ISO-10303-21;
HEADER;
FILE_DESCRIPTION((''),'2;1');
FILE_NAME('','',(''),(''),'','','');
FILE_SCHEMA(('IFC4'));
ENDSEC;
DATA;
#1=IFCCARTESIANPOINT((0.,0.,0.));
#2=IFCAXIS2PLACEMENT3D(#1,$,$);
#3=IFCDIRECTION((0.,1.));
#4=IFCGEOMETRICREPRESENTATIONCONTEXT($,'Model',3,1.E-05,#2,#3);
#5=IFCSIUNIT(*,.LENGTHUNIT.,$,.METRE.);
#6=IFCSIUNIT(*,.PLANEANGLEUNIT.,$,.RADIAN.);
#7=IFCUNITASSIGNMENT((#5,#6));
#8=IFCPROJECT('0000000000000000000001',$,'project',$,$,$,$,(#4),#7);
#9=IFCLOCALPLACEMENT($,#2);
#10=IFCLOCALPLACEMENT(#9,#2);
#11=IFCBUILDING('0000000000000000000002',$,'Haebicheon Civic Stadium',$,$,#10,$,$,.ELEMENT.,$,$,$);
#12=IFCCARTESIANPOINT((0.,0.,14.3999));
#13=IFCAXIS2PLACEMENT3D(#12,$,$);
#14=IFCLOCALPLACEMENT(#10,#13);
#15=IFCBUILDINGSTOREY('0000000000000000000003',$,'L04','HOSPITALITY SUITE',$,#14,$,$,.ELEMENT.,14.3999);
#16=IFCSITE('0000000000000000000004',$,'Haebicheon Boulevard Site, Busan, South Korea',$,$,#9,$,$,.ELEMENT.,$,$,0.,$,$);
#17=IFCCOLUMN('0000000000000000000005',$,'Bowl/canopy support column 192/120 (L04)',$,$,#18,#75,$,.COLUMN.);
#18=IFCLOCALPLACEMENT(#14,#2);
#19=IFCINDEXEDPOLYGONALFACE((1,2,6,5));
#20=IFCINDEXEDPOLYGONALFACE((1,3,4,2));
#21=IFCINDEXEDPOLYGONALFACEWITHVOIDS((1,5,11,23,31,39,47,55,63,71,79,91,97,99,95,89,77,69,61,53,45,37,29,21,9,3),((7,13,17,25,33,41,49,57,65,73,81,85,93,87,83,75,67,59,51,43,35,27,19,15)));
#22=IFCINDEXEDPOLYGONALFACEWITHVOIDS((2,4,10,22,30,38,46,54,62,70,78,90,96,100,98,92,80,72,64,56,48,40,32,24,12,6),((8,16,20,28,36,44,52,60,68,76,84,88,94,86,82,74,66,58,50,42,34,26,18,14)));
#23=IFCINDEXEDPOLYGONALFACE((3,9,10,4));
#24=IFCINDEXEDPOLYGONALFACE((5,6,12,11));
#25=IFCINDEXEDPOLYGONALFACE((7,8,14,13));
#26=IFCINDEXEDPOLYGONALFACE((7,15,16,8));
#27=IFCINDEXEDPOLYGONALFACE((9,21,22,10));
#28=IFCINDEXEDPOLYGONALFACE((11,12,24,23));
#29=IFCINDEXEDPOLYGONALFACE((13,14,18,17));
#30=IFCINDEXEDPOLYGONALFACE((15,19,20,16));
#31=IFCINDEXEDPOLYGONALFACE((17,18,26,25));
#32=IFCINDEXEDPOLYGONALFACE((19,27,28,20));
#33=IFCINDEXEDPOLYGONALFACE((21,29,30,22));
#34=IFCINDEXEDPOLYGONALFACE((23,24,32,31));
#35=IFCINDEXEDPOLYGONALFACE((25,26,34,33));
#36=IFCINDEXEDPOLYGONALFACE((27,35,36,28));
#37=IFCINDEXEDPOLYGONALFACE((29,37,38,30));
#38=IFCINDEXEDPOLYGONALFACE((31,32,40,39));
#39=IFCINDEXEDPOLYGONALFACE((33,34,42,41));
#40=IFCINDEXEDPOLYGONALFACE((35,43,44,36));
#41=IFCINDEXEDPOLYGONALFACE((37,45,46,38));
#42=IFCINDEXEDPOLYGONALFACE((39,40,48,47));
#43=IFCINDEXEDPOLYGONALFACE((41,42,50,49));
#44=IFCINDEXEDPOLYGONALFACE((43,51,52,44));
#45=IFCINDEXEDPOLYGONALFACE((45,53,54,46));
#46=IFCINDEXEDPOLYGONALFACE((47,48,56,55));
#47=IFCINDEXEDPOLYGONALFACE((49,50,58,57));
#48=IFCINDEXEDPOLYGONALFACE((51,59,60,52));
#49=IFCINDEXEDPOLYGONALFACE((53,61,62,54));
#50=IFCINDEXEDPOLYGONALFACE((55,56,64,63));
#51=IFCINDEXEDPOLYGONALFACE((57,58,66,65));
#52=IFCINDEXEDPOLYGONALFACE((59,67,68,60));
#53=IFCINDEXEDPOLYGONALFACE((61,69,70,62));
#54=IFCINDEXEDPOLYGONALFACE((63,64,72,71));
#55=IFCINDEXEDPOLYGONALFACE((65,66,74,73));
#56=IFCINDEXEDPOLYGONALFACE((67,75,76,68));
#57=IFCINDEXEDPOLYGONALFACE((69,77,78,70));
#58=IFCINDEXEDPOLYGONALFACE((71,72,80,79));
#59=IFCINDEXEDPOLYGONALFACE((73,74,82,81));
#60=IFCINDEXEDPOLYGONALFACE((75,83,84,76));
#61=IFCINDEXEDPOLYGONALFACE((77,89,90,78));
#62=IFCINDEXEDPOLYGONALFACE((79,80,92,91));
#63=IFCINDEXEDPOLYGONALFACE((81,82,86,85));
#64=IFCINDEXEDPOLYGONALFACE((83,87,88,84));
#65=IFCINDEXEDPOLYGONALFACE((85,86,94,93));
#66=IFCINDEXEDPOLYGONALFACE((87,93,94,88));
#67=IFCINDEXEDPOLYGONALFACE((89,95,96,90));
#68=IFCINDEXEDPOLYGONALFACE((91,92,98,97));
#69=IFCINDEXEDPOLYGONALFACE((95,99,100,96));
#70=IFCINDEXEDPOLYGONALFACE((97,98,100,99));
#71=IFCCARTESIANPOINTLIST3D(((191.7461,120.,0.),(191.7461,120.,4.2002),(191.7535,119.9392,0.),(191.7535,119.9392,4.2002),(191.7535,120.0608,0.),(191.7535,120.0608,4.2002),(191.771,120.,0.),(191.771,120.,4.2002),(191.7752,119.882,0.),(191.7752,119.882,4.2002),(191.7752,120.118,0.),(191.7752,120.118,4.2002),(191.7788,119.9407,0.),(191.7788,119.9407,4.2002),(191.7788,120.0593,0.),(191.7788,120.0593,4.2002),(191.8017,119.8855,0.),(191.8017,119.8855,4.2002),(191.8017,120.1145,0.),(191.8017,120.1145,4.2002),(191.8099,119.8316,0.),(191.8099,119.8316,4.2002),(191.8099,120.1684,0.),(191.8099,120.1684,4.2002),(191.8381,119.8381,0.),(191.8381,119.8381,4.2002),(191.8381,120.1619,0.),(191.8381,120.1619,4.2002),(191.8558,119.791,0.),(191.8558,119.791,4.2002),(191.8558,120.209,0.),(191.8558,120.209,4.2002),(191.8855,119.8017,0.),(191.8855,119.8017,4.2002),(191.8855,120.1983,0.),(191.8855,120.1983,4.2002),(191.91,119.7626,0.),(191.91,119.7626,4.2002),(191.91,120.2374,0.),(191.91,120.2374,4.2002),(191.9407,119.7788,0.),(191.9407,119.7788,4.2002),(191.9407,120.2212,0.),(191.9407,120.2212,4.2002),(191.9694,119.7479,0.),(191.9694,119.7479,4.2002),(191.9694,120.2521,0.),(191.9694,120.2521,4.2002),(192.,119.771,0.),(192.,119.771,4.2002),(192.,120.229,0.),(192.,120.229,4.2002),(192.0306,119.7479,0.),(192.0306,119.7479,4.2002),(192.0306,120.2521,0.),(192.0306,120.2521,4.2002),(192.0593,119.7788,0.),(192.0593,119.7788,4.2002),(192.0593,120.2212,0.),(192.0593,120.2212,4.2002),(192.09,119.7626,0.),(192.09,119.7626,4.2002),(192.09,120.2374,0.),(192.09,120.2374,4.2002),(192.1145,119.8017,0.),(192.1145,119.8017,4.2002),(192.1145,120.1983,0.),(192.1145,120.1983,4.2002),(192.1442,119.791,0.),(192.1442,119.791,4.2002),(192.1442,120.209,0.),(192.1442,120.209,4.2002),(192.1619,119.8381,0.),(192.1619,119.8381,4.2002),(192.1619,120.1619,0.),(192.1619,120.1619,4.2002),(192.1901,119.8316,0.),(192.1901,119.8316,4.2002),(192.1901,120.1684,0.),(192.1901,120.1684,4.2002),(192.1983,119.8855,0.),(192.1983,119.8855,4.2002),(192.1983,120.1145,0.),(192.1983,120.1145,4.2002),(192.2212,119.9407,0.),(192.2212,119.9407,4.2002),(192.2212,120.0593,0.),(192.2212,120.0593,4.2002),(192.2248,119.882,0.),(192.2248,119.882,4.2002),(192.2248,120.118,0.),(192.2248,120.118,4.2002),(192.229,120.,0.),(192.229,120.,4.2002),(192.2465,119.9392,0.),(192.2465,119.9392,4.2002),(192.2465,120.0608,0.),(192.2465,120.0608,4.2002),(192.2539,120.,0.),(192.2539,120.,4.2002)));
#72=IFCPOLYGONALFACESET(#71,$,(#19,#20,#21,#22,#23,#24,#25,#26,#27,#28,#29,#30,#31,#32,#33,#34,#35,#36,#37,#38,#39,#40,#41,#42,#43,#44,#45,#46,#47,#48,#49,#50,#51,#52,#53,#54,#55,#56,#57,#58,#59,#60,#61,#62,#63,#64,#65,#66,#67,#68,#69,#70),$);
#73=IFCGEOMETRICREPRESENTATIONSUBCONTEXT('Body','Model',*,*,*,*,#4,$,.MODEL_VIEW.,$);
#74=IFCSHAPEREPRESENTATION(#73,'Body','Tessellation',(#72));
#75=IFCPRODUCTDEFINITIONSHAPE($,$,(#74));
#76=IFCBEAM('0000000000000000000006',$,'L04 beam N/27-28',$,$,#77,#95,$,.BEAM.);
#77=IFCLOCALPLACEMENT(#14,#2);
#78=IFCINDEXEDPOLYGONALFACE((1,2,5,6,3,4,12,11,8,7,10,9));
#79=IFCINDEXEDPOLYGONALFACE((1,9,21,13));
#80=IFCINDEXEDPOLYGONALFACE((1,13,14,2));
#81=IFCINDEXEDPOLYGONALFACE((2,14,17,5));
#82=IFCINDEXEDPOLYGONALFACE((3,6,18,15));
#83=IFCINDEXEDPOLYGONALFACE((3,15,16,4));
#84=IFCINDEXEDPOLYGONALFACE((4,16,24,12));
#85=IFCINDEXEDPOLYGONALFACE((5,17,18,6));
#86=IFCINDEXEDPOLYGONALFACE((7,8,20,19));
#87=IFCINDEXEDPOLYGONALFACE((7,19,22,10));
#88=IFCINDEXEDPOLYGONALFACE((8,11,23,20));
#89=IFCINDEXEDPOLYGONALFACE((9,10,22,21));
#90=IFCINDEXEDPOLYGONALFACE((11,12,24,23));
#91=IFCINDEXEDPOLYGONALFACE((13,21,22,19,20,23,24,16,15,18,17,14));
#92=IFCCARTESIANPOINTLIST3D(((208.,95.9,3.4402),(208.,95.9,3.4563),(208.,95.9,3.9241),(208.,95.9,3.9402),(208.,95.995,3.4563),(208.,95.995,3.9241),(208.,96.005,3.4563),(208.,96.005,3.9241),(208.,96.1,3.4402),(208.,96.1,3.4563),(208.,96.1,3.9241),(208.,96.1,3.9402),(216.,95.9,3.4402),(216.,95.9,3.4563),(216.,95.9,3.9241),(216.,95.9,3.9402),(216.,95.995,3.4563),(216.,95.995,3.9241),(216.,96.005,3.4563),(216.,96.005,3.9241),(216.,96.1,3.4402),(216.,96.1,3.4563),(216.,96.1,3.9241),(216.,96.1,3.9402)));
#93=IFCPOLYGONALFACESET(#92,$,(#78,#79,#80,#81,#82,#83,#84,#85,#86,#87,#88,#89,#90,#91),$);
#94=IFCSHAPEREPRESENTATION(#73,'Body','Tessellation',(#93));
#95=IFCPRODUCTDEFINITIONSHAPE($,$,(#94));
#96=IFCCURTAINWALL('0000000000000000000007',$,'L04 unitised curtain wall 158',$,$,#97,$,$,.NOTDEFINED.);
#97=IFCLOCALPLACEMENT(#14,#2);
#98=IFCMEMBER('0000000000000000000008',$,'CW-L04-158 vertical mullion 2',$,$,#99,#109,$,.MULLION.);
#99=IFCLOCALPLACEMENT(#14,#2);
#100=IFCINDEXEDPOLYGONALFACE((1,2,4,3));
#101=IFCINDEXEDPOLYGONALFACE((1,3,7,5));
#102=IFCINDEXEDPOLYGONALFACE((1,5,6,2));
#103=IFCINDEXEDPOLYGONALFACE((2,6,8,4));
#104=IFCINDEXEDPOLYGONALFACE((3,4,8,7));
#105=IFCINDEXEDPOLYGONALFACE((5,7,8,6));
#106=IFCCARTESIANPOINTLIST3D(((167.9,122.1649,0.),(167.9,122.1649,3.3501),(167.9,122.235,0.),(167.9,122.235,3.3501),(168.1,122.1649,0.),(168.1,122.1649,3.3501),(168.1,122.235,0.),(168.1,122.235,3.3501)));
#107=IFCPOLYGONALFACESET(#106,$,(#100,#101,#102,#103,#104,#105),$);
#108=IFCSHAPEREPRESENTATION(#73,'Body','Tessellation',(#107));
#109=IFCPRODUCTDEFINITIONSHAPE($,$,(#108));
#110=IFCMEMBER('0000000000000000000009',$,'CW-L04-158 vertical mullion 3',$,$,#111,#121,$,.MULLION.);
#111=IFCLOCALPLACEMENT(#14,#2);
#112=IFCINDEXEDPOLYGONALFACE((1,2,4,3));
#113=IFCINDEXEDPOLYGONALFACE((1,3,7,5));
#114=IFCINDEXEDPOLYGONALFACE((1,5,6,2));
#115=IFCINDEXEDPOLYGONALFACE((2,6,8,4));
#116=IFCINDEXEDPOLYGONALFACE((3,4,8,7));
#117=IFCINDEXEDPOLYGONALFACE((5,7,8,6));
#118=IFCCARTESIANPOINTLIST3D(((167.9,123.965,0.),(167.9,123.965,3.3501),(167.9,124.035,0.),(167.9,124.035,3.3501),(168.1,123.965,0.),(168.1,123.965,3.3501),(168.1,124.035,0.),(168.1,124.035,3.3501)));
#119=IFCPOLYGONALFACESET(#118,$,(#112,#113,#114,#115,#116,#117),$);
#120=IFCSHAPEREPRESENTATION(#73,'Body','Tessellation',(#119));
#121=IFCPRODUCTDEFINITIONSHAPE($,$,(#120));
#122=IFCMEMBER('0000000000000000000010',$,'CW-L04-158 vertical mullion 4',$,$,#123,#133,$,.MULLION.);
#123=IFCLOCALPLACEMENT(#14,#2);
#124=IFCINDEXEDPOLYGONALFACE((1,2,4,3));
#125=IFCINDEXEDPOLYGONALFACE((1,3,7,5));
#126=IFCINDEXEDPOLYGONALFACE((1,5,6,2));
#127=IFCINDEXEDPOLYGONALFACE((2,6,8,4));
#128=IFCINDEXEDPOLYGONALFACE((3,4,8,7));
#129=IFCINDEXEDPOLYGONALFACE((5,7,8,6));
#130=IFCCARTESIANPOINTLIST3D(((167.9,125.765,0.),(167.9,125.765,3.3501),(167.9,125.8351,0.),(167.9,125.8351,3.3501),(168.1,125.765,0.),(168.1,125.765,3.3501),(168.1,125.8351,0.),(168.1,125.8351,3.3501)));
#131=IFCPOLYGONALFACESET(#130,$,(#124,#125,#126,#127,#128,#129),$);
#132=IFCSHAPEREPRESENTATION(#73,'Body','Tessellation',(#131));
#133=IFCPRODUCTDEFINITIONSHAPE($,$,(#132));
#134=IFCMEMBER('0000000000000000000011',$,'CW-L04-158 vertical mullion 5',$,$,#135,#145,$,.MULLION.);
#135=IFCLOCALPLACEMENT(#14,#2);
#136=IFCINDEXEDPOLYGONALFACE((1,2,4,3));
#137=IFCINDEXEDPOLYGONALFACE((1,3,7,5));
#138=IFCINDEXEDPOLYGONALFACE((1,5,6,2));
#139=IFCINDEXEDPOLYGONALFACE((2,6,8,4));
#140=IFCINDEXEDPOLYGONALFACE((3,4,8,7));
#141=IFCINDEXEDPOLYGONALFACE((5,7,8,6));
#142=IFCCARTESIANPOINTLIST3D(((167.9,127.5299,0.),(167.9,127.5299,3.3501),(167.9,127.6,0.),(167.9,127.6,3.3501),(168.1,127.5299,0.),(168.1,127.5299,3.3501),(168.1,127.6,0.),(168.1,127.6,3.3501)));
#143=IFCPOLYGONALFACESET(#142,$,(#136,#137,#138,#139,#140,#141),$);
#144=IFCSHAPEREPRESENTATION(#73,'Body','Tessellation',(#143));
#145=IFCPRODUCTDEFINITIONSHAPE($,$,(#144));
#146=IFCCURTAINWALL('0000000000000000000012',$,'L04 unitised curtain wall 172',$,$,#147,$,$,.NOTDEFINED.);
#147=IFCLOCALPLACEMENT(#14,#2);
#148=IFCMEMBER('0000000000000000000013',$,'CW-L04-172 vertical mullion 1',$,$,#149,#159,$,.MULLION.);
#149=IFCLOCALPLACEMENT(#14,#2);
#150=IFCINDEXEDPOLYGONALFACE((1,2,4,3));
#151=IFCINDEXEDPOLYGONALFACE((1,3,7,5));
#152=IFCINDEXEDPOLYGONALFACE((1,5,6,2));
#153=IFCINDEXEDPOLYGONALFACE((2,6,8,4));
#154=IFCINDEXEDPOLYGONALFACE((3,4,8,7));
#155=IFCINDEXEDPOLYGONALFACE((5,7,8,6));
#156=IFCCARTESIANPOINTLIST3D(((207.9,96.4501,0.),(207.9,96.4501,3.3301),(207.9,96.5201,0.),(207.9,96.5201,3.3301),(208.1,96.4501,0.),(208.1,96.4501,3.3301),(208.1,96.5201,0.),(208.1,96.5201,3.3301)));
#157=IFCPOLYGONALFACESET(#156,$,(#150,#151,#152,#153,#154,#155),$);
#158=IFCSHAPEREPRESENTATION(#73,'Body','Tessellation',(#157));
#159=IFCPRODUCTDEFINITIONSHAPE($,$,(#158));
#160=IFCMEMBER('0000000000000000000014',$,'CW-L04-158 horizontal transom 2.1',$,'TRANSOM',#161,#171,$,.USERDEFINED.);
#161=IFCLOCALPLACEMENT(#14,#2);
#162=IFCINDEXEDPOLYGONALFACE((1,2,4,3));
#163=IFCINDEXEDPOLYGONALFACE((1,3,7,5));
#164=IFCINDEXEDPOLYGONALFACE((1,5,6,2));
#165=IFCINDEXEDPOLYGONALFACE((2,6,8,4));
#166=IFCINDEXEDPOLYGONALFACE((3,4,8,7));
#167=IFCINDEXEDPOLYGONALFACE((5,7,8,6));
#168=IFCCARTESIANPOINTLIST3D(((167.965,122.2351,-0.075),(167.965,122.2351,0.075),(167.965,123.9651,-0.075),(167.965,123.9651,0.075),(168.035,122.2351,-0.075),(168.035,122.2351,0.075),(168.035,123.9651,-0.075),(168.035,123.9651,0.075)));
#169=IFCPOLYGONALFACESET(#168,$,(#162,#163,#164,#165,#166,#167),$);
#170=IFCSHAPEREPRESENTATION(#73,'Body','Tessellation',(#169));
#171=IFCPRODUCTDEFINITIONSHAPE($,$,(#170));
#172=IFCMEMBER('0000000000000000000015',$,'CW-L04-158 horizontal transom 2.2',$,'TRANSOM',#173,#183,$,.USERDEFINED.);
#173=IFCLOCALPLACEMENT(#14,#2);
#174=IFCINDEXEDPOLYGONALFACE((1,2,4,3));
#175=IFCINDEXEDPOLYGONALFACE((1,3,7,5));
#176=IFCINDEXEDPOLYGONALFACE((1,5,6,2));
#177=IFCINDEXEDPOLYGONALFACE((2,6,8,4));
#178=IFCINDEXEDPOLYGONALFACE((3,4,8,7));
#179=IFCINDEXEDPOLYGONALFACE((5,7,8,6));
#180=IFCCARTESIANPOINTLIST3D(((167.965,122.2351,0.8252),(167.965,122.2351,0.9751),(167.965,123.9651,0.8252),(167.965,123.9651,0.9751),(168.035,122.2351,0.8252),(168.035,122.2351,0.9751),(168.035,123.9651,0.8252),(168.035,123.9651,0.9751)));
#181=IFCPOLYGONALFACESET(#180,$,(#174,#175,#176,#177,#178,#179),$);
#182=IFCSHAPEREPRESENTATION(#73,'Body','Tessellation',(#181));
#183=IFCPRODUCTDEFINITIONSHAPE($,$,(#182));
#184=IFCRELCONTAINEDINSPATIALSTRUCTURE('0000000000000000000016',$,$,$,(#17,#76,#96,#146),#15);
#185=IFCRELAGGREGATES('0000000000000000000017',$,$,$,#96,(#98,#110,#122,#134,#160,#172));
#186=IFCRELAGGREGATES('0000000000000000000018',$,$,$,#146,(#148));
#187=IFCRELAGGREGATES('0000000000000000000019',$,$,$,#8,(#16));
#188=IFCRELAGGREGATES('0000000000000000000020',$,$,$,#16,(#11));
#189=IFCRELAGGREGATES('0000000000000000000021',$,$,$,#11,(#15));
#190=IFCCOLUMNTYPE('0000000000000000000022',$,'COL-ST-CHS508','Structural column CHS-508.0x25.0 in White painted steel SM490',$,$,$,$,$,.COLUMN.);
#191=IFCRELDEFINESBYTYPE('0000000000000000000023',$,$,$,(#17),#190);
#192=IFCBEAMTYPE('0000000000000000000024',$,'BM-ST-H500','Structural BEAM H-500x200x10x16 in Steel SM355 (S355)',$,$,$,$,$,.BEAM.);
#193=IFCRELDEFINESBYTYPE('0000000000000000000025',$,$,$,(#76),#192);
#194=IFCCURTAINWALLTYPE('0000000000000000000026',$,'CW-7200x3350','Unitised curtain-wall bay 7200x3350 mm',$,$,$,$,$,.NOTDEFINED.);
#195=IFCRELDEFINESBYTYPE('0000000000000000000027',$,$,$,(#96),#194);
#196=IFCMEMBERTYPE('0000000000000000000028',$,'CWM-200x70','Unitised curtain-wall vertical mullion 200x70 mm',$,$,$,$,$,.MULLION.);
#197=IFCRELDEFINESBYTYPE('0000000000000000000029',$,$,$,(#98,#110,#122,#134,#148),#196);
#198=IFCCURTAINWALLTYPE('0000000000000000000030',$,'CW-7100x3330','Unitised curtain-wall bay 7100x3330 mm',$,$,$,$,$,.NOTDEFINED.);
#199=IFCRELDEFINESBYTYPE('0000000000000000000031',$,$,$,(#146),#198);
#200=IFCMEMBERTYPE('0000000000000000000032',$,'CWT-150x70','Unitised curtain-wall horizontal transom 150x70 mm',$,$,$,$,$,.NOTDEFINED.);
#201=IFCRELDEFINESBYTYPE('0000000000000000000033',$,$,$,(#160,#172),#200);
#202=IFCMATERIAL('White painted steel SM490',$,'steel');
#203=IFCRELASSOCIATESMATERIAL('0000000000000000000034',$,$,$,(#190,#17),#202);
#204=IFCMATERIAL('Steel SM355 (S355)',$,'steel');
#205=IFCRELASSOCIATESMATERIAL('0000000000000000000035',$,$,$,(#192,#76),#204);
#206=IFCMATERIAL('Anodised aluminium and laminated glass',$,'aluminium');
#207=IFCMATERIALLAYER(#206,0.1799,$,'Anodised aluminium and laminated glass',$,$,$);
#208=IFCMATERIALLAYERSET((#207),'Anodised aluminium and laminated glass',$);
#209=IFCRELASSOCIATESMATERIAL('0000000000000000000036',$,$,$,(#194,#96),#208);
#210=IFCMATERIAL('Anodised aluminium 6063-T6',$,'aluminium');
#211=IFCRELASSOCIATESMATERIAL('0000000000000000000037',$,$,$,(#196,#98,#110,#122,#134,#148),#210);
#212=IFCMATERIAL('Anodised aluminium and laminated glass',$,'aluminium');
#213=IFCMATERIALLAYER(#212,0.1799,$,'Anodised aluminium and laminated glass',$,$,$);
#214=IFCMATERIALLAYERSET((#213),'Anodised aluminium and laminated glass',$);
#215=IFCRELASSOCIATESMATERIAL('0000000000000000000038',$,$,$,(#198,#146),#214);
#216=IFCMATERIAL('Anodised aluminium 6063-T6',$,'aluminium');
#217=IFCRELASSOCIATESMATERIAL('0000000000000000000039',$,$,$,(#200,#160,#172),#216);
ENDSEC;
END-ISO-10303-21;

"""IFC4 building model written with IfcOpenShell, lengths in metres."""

from ifc_helpers import new_model, si_unit, direction, frame, origin, origin_2d, place, context, subcontext, project, spatial, rectangle, hollow_circle, i_section, extrude, material, layer, layer_set, material_profile, profile_set, type_object, element, aggregate, save


model = new_model("IFC4")

# Units and contexts
model_context = context("Model", 3, precision=1e-05, world=origin(), true_north=direction((0.0, 1.0)))
body_context = subcontext(model_context, "Body", "Model", "MODEL_VIEW")
ifc_project = project(units=[si_unit("LENGTHUNIT", "METRE"), si_unit("PLANEANGLEUNIT", "RADIAN")], contexts=[model_context])

# Site, building, storey
site_placement = place(None, origin())
site = spatial("IfcSite", under=ifc_project, at=site_placement, Name="Haebicheon Boulevard Site, Busan, South Korea", CompositionType="ELEMENT", RefElevation=0.0)
building_placement = place(site_placement, origin())
building = spatial("IfcBuilding", under=site, at=building_placement, Name="Haebicheon Civic Stadium", CompositionType="ELEMENT")
storey_placement = place(building_placement, frame((0.0, 0.0, 14.3999)))
storey = spatial("IfcBuildingStorey", under=building, at=storey_placement, Name="L04", Description="HOSPITALITY SUITE", CompositionType="ELEMENT", Elevation=14.3999)

# Column
ifc_material_1 = material(Name="White painted steel SM490", Category="steel")
ifc_material_profile_1 = material_profile(ifc_material_1, hollow_circle(Radius=0.2539, WallThickness=0.0249, at=origin_2d()), Name="CHS-508.0x25.0")
ifc_profile_set_1 = profile_set([ifc_material_profile_1], Name="White painted steel SM490")
column_type_1 = type_object("IfcColumnType", Name="COL-ST-CHS508", Description="Structural column CHS-508.0x25.0 in White painted steel SM490", PredefinedType="COLUMN", material=ifc_profile_set_1)
for number, where, z_axis, x_axis, name in (
    (1, (192.0, 120.0, 0.0), (0.0, 0.0, 1.0), (1.0, 0.0, 0.0), "Bowl/canopy support column 192/120 (L04)"),
):
    element("IfcColumn", number, at=place(storey_placement, frame(where, z_axis=z_axis, x_axis=x_axis)), inside=storey, type_object=column_type_1, material=ifc_profile_set_1, Name=name, PredefinedType="COLUMN", context=body_context, shape_type="SweptSolid", body=[
        extrude(hollow_circle(Radius=0.2539, WallThickness=0.0249, at=origin_2d()), origin(), (0.0, 0.0, 1.0), 4.2002),
    ])

# Beam
ifc_material_2 = material(Name="Steel SM355 (S355)", Category="steel")
ifc_material_profile_2 = material_profile(ifc_material_2, i_section(OverallWidth=0.2, OverallDepth=0.5, WebThickness=0.01, FlangeThickness=0.0161, at=origin_2d()), Name="H-500x200x10x16")
ifc_profile_set_2 = profile_set([ifc_material_profile_2], Name="Steel SM355 (S355)")
beam_type_1 = type_object("IfcBeamType", Name="BM-ST-H500", Description="Structural BEAM H-500x200x10x16 in Steel SM355 (S355)", PredefinedType="BEAM", material=ifc_profile_set_2)
beam_1_placement = place(storey_placement, frame((208.0, 96.0, 3.6902), z_axis=(1.0, 0.0, 0.0), x_axis=(0.0, 1.0, 0.0)))
element("IfcBeam", 2, at=beam_1_placement, inside=storey, type_object=beam_type_1, material=ifc_profile_set_2, Name="L04 beam N/27-28", PredefinedType="BEAM", context=body_context, shape_type="SweptSolid", body=[
    extrude(i_section(OverallWidth=0.2, OverallDepth=0.5, WebThickness=0.01, FlangeThickness=0.0161, at=origin_2d()), origin(), (0.0, 0.0, 1.0), 8.0),
])

# Curtain wall, members
ifc_material_3 = material(Name="Anodised aluminium and laminated glass", Category="aluminium")
ifc_layer_1 = layer(ifc_material_3, 0.1799, Name="Anodised aluminium and laminated glass")
ifc_layer_set_1 = layer_set([ifc_layer_1], Name="Anodised aluminium and laminated glass")
curtain_wall_type_1 = type_object("IfcCurtainWallType", Name="CW-7200x3350", Description="Unitised curtain-wall bay 7200x3350 mm", PredefinedType="NOTDEFINED", material=ifc_layer_set_1)
curtain_wall_1_placement = place(storey_placement, origin())
curtain_wall_1 = element("IfcCurtainWall", 3, at=curtain_wall_1_placement, inside=storey, type_object=curtain_wall_type_1, material=ifc_layer_set_1, Name="L04 unitised curtain wall 158", PredefinedType="NOTDEFINED")
ifc_material_4 = material(Name="Anodised aluminium 6063-T6", Category="aluminium")
ifc_material_profile_3 = material_profile(ifc_material_4, rectangle(XDim=0.0701, YDim=0.2, at=origin_2d()), Name="ALU-MULL-70x200")
ifc_profile_set_3 = profile_set([ifc_material_profile_3], Name="Anodised aluminium 6063-T6")
member_type_1 = type_object("IfcMemberType", Name="CWM-200x70", Description="Unitised curtain-wall vertical mullion 200x70 mm", PredefinedType="MULLION", material=ifc_profile_set_3)
member_1_placement = place(storey_placement, frame((168.0, 122.2, 0.0), z_axis=(0.0, 0.0, 1.0), x_axis=(0.0, 1.0, 0.0)))
member_1 = element("IfcMember", 4, at=member_1_placement, type_object=member_type_1, material=ifc_profile_set_3, Name="CW-L04-158 vertical mullion 2", PredefinedType="MULLION", context=body_context, shape_type="SweptSolid", body=[
    extrude(rectangle(XDim=0.0701, YDim=0.2, at=origin_2d()), origin(), (0.0, 0.0, 1.0), 3.3501),
])
member_2_placement = place(storey_placement, frame((168.0, 124.0, 0.0), z_axis=(0.0, 0.0, 1.0), x_axis=(0.0, 1.0, 0.0)))
member_2 = element("IfcMember", 5, at=member_2_placement, type_object=member_type_1, material=ifc_profile_set_3, Name="CW-L04-158 vertical mullion 3", PredefinedType="MULLION", context=body_context, shape_type="SweptSolid", body=[
    extrude(rectangle(XDim=0.0701, YDim=0.2, at=origin_2d()), origin(), (0.0, 0.0, 1.0), 3.3501),
])
member_3_placement = place(storey_placement, frame((168.0, 125.8, 0.0), z_axis=(0.0, 0.0, 1.0), x_axis=(0.0, 1.0, 0.0)))
member_3 = element("IfcMember", 6, at=member_3_placement, type_object=member_type_1, material=ifc_profile_set_3, Name="CW-L04-158 vertical mullion 4", PredefinedType="MULLION", context=body_context, shape_type="SweptSolid", body=[
    extrude(rectangle(XDim=0.0701, YDim=0.2, at=origin_2d()), origin(), (0.0, 0.0, 1.0), 3.3501),
])
member_4_placement = place(storey_placement, frame((168.0, 127.5649, 0.0), z_axis=(0.0, 0.0, 1.0), x_axis=(0.0, 1.0, 0.0)))
member_4 = element("IfcMember", 7, at=member_4_placement, type_object=member_type_1, material=ifc_profile_set_3, Name="CW-L04-158 vertical mullion 5", PredefinedType="MULLION", context=body_context, shape_type="SweptSolid", body=[
    extrude(rectangle(XDim=0.0701, YDim=0.2, at=origin_2d()), origin(), (0.0, 0.0, 1.0), 3.3501),
])

# Curtain wall, member
ifc_material_5 = material(Name="Anodised aluminium and laminated glass", Category="aluminium")
ifc_layer_2 = layer(ifc_material_5, 0.1799, Name="Anodised aluminium and laminated glass")
ifc_layer_set_2 = layer_set([ifc_layer_2], Name="Anodised aluminium and laminated glass")
curtain_wall_type_2 = type_object("IfcCurtainWallType", Name="CW-7100x3330", Description="Unitised curtain-wall bay 7100x3330 mm", PredefinedType="NOTDEFINED", material=ifc_layer_set_2)
curtain_wall_2_placement = place(storey_placement, origin())
curtain_wall_2 = element("IfcCurtainWall", 8, at=curtain_wall_2_placement, inside=storey, type_object=curtain_wall_type_2, material=ifc_layer_set_2, Name="L04 unitised curtain wall 172", PredefinedType="NOTDEFINED")
member_5_placement = place(storey_placement, frame((208.0, 96.4851, 0.0), z_axis=(0.0, 0.0, 1.0), x_axis=(0.0, 1.0, 0.0)))
member_5 = element("IfcMember", 9, at=member_5_placement, type_object=member_type_1, material=ifc_profile_set_3, Name="CW-L04-172 vertical mullion 1", PredefinedType="MULLION", context=body_context, shape_type="SweptSolid", body=[
    extrude(rectangle(XDim=0.0701, YDim=0.2, at=origin_2d()), origin(), (0.0, 0.0, 1.0), 3.3301),
])

# Members
ifc_material_6 = material(Name="Anodised aluminium 6063-T6", Category="aluminium")
ifc_material_profile_4 = material_profile(ifc_material_6, rectangle(XDim=0.0701, YDim=0.1499, at=origin_2d()), Name="ALU-TRAN-70x150")
ifc_profile_set_4 = profile_set([ifc_material_profile_4], Name="Anodised aluminium 6063-T6")
member_type_2 = type_object("IfcMemberType", Name="CWT-150x70", Description="Unitised curtain-wall horizontal transom 150x70 mm", PredefinedType="NOTDEFINED", material=ifc_profile_set_4)
member_6_placement = place(storey_placement, frame((168.0, 122.2351, 0.0), z_axis=(0.0, 1.0, 0.0), x_axis=(-1.0, 0.0, 0.0)))
member_6 = element("IfcMember", 10, at=member_6_placement, type_object=member_type_2, material=ifc_profile_set_4, Name="CW-L04-158 horizontal transom 2.1", ObjectType="TRANSOM", PredefinedType="USERDEFINED", context=body_context, shape_type="SweptSolid", body=[
    extrude(rectangle(XDim=0.0701, YDim=0.1499, at=origin_2d()), origin(), (0.0, 0.0, 1.0), 1.73),
])
member_7_placement = place(storey_placement, frame((168.0, 122.2351, 0.9001), z_axis=(0.0, 1.0, 0.0), x_axis=(-1.0, 0.0, 0.0)))
member_7 = element("IfcMember", 11, at=member_7_placement, type_object=member_type_2, material=ifc_profile_set_4, Name="CW-L04-158 horizontal transom 2.2", ObjectType="TRANSOM", PredefinedType="USERDEFINED", context=body_context, shape_type="SweptSolid", body=[
    extrude(rectangle(XDim=0.0701, YDim=0.1499, at=origin_2d()), origin(), (0.0, 0.0, 1.0), 1.73),
])

aggregate(curtain_wall_1, [member_1, member_2, member_3, member_4, member_6, member_7])
aggregate(curtain_wall_2, [member_5])

save(model, "model.ifc")
